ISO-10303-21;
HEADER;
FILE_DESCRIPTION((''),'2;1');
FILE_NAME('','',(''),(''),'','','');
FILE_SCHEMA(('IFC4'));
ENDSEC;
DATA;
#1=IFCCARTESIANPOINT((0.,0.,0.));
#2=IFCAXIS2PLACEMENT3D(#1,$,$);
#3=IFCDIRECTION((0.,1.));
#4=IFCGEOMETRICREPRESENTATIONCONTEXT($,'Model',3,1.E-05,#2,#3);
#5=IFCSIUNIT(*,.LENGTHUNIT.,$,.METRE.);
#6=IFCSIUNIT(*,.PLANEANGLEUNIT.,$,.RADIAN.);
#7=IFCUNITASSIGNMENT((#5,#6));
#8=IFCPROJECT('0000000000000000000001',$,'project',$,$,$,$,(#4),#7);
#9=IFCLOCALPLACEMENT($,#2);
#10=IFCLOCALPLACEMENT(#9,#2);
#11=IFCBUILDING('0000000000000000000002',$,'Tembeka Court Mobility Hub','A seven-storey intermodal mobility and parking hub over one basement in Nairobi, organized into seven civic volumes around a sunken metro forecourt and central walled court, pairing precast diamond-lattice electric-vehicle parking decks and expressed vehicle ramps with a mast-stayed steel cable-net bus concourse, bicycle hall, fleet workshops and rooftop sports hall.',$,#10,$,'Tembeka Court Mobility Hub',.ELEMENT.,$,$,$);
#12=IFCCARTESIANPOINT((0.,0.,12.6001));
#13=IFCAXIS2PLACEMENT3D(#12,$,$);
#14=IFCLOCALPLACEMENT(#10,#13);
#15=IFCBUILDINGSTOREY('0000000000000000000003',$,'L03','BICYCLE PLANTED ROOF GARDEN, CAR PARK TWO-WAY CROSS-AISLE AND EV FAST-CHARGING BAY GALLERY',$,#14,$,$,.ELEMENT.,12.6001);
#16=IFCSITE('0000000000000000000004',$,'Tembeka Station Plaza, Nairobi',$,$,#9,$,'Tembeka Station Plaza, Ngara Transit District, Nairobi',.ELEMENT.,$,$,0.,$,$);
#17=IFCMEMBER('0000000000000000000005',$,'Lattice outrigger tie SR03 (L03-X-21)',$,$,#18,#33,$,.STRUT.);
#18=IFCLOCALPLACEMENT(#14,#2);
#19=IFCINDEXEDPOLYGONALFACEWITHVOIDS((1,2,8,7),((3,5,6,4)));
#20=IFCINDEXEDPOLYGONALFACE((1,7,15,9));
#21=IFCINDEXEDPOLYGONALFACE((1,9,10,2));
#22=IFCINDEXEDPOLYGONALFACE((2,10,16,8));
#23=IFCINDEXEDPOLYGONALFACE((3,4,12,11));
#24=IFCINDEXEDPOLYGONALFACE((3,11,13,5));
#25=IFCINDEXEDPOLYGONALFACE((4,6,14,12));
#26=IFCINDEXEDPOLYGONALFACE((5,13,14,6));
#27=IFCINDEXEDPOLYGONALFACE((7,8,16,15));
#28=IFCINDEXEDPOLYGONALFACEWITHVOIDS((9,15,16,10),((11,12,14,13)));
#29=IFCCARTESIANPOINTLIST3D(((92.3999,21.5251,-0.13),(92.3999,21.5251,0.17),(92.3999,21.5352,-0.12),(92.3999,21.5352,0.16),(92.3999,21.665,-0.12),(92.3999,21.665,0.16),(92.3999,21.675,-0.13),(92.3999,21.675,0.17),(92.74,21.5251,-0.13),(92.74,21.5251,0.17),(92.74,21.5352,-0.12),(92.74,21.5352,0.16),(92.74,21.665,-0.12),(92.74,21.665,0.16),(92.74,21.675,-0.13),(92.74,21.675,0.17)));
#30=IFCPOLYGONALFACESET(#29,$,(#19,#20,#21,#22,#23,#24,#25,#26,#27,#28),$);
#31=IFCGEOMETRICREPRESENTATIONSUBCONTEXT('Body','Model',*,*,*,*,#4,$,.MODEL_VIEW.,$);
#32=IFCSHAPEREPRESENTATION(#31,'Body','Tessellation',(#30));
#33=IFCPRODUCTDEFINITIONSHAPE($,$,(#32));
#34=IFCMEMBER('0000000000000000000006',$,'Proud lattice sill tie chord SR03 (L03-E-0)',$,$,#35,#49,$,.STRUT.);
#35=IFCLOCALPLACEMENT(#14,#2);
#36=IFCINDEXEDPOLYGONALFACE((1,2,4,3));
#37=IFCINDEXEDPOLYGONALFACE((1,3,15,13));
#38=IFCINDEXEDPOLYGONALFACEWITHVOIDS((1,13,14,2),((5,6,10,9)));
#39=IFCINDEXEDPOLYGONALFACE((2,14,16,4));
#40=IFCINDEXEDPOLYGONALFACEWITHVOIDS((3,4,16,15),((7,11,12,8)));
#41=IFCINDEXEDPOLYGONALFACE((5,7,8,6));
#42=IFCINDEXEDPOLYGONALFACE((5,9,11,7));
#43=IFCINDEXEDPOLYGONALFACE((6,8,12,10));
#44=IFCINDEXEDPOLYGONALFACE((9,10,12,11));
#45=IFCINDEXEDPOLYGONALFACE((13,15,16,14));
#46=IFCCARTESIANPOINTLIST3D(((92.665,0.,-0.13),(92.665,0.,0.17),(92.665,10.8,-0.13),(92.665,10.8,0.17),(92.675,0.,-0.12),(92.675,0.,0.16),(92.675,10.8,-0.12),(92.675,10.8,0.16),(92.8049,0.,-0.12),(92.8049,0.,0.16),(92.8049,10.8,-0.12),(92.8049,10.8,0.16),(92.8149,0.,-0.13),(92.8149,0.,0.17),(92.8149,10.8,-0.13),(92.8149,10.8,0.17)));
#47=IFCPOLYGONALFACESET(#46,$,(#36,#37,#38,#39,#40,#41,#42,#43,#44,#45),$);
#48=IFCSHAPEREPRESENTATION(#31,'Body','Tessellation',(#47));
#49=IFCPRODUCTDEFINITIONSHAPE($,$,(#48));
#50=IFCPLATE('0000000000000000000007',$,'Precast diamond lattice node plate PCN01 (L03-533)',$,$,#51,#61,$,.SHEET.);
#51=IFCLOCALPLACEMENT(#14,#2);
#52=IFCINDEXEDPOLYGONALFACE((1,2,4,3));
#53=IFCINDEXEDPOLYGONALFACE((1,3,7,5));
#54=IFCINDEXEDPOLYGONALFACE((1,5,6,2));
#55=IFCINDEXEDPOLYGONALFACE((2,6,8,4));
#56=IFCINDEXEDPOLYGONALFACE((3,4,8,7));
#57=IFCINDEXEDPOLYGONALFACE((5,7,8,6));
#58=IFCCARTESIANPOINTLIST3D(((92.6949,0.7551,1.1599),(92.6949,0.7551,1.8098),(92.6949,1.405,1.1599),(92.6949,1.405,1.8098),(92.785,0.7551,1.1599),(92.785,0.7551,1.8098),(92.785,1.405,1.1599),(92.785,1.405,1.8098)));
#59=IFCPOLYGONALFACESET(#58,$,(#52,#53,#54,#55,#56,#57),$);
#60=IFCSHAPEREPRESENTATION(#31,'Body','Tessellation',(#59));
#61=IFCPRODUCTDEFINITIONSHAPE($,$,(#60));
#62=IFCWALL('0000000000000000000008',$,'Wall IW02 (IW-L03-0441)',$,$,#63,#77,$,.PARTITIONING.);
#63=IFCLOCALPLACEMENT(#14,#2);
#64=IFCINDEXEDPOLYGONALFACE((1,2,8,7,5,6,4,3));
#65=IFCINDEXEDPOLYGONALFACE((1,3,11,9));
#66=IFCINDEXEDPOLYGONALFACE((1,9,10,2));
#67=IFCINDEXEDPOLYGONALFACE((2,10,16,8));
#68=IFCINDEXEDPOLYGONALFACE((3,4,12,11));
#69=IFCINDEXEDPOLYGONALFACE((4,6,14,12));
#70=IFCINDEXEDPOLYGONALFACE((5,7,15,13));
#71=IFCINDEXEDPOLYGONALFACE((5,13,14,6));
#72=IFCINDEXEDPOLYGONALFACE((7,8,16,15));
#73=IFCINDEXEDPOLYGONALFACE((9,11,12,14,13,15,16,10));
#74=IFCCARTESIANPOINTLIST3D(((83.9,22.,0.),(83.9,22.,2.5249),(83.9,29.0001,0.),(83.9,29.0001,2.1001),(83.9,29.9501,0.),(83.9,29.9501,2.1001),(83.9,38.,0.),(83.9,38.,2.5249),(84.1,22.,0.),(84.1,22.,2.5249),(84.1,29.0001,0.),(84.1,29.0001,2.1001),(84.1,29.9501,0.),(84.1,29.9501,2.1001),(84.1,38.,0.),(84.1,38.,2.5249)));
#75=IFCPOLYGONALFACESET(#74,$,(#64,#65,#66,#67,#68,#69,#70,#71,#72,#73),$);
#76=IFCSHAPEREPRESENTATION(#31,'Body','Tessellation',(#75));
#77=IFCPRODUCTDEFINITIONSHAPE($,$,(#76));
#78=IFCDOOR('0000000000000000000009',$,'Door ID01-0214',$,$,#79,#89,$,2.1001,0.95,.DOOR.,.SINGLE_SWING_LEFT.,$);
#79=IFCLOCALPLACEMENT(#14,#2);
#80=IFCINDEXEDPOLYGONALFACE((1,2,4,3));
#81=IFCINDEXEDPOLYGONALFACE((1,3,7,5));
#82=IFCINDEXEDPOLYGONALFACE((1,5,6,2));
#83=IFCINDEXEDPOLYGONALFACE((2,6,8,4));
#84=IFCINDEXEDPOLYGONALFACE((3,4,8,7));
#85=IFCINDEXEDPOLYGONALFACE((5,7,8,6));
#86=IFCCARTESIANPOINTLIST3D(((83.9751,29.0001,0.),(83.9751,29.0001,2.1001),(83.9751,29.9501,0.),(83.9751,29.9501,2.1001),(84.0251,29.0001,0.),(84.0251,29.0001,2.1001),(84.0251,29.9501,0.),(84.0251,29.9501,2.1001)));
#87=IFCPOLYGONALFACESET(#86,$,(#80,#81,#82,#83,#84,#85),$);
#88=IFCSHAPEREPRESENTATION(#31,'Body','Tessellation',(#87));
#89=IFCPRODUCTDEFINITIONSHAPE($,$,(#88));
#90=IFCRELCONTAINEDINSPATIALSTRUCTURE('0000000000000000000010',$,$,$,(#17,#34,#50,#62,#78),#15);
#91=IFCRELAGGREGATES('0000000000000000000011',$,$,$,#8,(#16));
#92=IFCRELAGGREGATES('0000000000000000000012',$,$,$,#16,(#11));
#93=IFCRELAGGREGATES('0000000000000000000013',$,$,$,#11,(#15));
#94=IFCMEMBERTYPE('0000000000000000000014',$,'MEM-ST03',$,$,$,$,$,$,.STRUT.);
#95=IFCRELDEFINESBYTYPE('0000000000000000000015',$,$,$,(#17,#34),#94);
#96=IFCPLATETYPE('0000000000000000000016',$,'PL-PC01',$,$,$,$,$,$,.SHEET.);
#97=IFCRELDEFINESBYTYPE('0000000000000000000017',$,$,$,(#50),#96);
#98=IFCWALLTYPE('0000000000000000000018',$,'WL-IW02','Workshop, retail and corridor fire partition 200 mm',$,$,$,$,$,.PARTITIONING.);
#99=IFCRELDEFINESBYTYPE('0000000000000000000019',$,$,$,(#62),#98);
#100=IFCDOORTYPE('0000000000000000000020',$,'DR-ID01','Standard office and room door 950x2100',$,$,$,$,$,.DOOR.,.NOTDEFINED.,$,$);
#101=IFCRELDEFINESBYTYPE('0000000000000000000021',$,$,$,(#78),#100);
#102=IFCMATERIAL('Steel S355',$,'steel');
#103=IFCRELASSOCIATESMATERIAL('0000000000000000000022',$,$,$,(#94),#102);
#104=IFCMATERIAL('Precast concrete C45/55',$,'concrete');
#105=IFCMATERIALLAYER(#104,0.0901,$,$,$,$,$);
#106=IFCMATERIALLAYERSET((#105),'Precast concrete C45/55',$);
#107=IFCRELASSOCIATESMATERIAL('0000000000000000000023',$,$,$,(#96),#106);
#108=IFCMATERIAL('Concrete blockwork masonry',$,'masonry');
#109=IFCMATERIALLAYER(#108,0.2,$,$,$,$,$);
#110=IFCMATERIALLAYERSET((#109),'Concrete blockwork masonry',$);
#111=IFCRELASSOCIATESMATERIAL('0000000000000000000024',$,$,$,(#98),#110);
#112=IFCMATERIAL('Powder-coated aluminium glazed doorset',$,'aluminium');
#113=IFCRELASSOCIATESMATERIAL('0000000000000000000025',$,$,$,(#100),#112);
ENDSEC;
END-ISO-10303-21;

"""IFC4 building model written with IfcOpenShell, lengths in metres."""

from ifc_helpers import new_model, si_unit, direction, frame, frame_2d, origin, origin_2d, place, context, subcontext, project, spatial, rectangle, hollow_rectangle, extrude, material, layer, layer_set, material_profile, profile_set, type_object, element, fill, save


model = new_model("IFC4")

# Units and contexts
model_context = context("Model", 3, precision=1e-05, world=origin(), true_north=direction((0.0, 1.0)))
body_context = subcontext(model_context, "Body", "Model", "MODEL_VIEW")
ifc_project = project(units=[si_unit("LENGTHUNIT", "METRE"), si_unit("PLANEANGLEUNIT", "RADIAN")], contexts=[model_context])

# Site, building, storey
site_placement = place(None, origin())
site = spatial("IfcSite", under=ifc_project, at=site_placement, Name="Tembeka Station Plaza, Nairobi", LongName="Tembeka Station Plaza, Ngara Transit District, Nairobi", CompositionType="ELEMENT", RefElevation=0.0)
building_placement = place(site_placement, origin())
building = spatial("IfcBuilding", under=site, at=building_placement, Name="Tembeka Court Mobility Hub", Description="A seven-storey intermodal mobility and parking hub over one basement in Nairobi, organized into seven civic volumes around a sunken metro forecourt and central walled court, pairing precast diamond-lattice electric-vehicle parking decks and expressed vehicle ramps with a mast-stayed steel cable-net bus concourse, bicycle hall, fleet workshops and rooftop sports hall.", LongName="Tembeka Court Mobility Hub", CompositionType="ELEMENT")
storey_placement = place(building_placement, frame((0.0, 0.0, 12.6001)))
storey = spatial("IfcBuildingStorey", under=building, at=storey_placement, Name="L03", Description="BICYCLE PLANTED ROOF GARDEN, CAR PARK TWO-WAY CROSS-AISLE AND EV FAST-CHARGING BAY GALLERY", CompositionType="ELEMENT", Elevation=12.6001)

# Shared definitions
ifc_material_1 = material(Name="Steel S355", Category="steel")

# Shared definitions
ifc_material_2 = material(Name="Precast concrete C45/55", Category="concrete")

# Members
ifc_material_profile_1 = material_profile(ifc_material_1, hollow_rectangle(XDim=0.1499, YDim=0.3, WallThickness=0.01, at=origin_2d()), Name="RHS 300x150x10")
ifc_profile_set_1 = profile_set([ifc_material_profile_1], Name="Steel S355")
member_type_1 = type_object("IfcMemberType", Name="MEM-ST03", PredefinedType="STRUT", material=ifc_profile_set_1)
for number, where, z_axis, x_axis, name in (
    (1, (92.3999, 21.6001, 0.02), (1.0, 0.0, 0.0), (0.0, 1.0, 0.0), "Lattice outrigger tie SR03 (L03-X-21)"),
):
    element("IfcMember", number, at=place(storey_placement, frame(where, z_axis=z_axis, x_axis=x_axis)), inside=storey, type_object=member_type_1, Name=name, PredefinedType="STRUT", context=body_context, shape_type="SweptSolid", body=[
        extrude(hollow_rectangle(XDim=0.1499, YDim=0.3, WallThickness=0.01, at=origin_2d()), origin(), (0.0, 0.0, 1.0), 0.3401),
    ])
member_1_placement = place(storey_placement, frame((92.74, 0.0, 0.02), z_axis=(0.0, 1.0, 0.0), x_axis=(-1.0, 0.0, 0.0)))
element("IfcMember", 2, at=member_1_placement, inside=storey, type_object=member_type_1, Name="Proud lattice sill tie chord SR03 (L03-E-0)", PredefinedType="STRUT", context=body_context, shape_type="SweptSolid", body=[
    extrude(hollow_rectangle(XDim=0.1499, YDim=0.3, WallThickness=0.01, at=origin_2d()), origin(), (0.0, 0.0, 1.0), 10.8),
])

# Plate
ifc_layer_1 = layer(ifc_material_2, 0.0901)
ifc_layer_set_1 = layer_set([ifc_layer_1], Name="Precast concrete C45/55")
plate_type = type_object("IfcPlateType", Name="PL-PC01", PredefinedType="SHEET", material=ifc_layer_set_1)
plate_placement = place(storey_placement, frame((92.74, 1.0801, 1.1599), z_axis=(0.0, 0.0, 1.0), x_axis=(1.0, 0.0, 0.0)))
element("IfcPlate", 3, at=plate_placement, inside=storey, type_object=plate_type, Name="Precast diamond lattice node plate PCN01 (L03-533)", PredefinedType="SHEET", context=body_context, shape_type="SweptSolid", body=[
    extrude(rectangle(XDim=0.0901, YDim=0.6499, at=origin_2d()), origin(), (0.0, 0.0, 1.0), 0.6499),
])

# Wall, opening, door
ifc_material_3 = material(Name="Concrete blockwork masonry", Category="masonry")
ifc_layer_2 = layer(ifc_material_3, 0.2)
ifc_layer_set_2 = layer_set([ifc_layer_2], Name="Concrete blockwork masonry")
wall_type = type_object("IfcWallType", Name="WL-IW02", Description="Workshop, retail and corridor fire partition 200 mm", PredefinedType="PARTITIONING", material=ifc_layer_set_2)
wall_placement = place(storey_placement, frame((84.0, 22.0, 0.0), z_axis=(0.0, 0.0, 1.0), x_axis=(0.0, 1.0, 0.0)))
wall = element("IfcWall", 4, at=wall_placement, inside=storey, type_object=wall_type, Name="Wall IW02 (IW-L03-0441)", PredefinedType="PARTITIONING", context=body_context, shape_type="SweptSolid", body=[
    extrude(rectangle(XDim=16.0, YDim=0.2, at=frame_2d((8.0, 0.0))), origin(), (0.0, 0.0, 1.0), 2.5249),
])
opening_placement = place(wall_placement, frame((7.0, 0.0, 0.0)))
opening = element("IfcOpeningElement", 5, at=opening_placement, cuts=wall, PredefinedType="OPENING", context=body_context, shape_type="SweptSolid", body=[
    extrude(rectangle(XDim=0.95, YDim=2.1001, at=frame_2d((0.4751, 1.05))), frame((0.0, 0.1099, 0.0), z_axis=(0.0, -1.0, 0.0), x_axis=(1.0, 0.0, 0.0)), (0.0, 0.0, 1.0), 0.22),
])
ifc_material_4 = material(Name="Powder-coated aluminium glazed doorset", Category="aluminium")
door_type = type_object("IfcDoorType", Name="DR-ID01", Description="Standard office and room door 950x2100", OperationType="NOTDEFINED", PredefinedType="DOOR", material=ifc_material_4)
door_placement = place(opening_placement, origin())
door = element("IfcDoor", 6, at=door_placement, inside=storey, type_object=door_type, Name="Door ID01-0214", OperationType="SINGLE_SWING_LEFT", OverallHeight=2.1001, OverallWidth=0.95, PredefinedType="DOOR", context=body_context, shape_type="SweptSolid", body=[
    extrude(rectangle(XDim=0.95, YDim=2.1001, at=frame_2d((0.4751, 1.05))), frame((0.0, 0.0249, 0.0), z_axis=(0.0, -1.0, 0.0), x_axis=(1.0, 0.0, 0.0)), (0.0, 0.0, 1.0), 0.05),
])
fill(opening, door)

save(model, "model.ifc")
